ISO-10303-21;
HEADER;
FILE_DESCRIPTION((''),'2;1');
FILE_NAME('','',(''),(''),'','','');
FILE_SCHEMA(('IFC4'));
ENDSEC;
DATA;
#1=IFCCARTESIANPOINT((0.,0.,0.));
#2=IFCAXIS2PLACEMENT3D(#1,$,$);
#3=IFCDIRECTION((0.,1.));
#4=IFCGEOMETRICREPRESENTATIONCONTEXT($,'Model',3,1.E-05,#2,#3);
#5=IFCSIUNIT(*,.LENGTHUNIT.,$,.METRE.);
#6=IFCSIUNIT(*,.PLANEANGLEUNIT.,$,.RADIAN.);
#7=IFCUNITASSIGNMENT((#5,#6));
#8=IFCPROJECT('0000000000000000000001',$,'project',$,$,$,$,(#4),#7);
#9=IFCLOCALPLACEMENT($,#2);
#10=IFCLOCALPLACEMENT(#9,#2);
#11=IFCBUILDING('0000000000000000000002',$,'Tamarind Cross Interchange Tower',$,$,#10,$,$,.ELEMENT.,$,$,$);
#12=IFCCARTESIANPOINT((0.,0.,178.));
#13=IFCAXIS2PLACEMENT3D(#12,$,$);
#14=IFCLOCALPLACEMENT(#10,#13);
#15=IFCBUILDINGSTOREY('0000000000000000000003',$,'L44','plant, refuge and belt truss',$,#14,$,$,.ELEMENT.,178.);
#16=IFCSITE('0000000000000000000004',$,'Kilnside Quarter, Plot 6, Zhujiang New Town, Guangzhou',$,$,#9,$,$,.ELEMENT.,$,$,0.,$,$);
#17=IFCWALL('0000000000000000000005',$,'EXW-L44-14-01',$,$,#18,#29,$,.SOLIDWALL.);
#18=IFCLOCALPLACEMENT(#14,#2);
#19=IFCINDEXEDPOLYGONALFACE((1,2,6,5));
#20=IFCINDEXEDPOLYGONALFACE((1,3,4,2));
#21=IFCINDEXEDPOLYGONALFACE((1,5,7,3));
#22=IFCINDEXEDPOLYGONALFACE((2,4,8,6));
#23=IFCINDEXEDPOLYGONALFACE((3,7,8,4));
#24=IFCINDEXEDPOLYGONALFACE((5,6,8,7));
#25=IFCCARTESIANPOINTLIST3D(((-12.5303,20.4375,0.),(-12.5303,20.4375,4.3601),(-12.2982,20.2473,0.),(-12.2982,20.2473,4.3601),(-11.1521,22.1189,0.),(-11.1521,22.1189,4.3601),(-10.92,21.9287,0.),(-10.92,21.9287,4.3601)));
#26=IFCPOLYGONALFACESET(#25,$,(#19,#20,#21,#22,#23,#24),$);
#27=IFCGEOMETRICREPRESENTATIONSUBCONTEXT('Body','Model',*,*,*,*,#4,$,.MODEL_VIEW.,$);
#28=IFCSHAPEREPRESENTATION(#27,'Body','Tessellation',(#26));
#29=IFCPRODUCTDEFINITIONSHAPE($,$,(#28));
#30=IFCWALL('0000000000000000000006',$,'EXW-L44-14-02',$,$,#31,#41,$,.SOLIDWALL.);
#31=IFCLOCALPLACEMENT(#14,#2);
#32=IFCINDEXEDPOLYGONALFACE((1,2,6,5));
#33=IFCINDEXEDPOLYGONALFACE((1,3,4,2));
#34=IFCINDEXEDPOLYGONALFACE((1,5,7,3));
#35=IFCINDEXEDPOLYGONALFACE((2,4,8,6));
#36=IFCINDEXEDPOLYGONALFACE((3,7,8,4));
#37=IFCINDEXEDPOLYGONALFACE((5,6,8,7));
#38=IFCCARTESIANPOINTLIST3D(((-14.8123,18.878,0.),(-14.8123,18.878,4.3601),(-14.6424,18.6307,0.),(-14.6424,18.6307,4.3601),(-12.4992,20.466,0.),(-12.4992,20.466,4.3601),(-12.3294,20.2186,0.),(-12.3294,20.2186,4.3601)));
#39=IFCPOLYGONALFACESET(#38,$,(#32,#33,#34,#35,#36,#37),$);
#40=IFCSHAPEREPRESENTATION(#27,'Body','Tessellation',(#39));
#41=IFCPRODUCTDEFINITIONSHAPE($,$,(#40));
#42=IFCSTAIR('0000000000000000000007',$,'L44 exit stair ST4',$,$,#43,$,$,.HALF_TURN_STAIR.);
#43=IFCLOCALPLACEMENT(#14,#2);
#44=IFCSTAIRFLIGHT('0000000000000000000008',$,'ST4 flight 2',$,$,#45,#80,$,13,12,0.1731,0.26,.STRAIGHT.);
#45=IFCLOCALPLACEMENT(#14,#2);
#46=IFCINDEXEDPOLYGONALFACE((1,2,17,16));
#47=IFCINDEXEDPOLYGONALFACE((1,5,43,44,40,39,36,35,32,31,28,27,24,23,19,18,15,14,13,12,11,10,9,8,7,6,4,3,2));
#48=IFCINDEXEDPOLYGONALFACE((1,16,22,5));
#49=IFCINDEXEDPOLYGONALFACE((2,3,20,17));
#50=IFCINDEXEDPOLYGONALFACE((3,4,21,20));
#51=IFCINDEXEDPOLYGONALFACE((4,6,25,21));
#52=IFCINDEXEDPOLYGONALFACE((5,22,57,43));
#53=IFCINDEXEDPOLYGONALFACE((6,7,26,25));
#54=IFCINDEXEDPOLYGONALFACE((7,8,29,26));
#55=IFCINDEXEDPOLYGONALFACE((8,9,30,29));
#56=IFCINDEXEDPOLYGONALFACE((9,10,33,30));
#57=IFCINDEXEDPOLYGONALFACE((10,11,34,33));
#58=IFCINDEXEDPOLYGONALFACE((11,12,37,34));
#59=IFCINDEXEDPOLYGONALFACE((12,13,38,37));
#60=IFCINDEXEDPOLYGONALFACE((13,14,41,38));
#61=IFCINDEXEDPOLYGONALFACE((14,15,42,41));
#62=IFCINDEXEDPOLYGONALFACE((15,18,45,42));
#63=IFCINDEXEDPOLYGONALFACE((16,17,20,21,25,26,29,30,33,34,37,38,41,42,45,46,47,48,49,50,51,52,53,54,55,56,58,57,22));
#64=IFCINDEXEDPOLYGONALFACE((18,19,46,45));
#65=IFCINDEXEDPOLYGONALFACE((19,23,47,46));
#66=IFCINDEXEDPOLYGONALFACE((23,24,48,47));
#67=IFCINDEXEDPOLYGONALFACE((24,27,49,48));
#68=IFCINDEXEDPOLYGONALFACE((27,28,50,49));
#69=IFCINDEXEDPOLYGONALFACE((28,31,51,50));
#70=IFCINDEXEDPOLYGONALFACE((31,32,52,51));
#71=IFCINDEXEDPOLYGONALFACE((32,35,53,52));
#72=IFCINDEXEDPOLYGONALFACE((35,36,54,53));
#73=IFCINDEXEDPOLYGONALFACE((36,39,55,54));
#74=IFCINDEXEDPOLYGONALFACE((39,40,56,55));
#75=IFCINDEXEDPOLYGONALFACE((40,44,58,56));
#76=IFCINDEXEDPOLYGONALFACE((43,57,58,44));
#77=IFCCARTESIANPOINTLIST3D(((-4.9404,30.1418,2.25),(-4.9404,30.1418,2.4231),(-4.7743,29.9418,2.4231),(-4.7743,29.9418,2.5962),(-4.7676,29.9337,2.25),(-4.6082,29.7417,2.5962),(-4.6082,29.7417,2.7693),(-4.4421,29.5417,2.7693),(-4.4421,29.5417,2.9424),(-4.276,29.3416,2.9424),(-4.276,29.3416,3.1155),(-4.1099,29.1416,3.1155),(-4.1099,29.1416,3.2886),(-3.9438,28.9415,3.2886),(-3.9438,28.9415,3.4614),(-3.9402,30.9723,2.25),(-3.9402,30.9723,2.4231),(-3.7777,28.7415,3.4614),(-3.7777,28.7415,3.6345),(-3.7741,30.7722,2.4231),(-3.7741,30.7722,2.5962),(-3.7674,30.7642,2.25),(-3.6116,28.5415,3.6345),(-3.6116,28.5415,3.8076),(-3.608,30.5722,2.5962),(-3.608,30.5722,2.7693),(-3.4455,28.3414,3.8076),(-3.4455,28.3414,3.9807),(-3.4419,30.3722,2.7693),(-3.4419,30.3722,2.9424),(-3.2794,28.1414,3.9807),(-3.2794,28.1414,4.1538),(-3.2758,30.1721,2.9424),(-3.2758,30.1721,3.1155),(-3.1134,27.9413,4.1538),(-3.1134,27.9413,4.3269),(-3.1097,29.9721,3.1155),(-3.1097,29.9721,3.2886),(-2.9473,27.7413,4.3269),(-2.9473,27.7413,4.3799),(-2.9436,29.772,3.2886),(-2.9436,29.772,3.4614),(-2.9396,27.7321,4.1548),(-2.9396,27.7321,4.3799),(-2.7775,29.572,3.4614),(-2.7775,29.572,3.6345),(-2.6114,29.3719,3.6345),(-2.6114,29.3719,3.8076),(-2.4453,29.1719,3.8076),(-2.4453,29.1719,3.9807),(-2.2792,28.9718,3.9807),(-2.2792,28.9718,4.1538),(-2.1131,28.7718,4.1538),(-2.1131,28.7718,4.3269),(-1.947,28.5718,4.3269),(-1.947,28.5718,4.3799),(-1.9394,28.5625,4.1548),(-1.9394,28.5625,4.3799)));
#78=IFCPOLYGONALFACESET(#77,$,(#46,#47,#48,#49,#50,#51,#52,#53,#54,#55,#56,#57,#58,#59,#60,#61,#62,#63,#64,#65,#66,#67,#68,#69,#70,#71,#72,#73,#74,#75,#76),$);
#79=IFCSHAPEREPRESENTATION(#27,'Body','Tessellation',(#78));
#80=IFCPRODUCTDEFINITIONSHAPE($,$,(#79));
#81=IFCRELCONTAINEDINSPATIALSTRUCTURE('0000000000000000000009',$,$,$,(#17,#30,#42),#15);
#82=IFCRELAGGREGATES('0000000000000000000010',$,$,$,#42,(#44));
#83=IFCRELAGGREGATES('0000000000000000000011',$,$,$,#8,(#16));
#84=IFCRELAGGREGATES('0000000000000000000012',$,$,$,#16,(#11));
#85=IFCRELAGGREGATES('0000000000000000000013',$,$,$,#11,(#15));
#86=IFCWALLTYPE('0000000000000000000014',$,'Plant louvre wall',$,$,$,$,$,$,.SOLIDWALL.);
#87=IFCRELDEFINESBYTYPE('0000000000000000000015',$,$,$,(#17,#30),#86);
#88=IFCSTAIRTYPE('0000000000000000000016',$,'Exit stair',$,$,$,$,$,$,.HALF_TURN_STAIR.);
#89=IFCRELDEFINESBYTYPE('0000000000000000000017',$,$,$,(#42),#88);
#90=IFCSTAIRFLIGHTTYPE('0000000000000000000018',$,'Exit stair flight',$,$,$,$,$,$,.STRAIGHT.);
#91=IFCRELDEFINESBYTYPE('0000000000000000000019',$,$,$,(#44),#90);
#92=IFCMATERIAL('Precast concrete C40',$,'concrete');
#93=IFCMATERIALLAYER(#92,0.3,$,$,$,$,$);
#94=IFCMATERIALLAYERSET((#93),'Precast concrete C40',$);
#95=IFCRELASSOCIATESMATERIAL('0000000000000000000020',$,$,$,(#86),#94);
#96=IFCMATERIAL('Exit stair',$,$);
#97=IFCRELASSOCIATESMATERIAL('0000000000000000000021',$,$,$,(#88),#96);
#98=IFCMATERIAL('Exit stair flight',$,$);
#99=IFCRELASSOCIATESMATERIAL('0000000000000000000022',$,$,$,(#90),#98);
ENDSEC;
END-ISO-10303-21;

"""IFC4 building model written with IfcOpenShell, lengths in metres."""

from ifc_helpers import new_model, si_unit, direction, frame, frame_2d, origin, place, context, subcontext, project, spatial, polyline, rectangle, outline, extrude, material, layer, layer_set, type_object, element, aggregate, save


model = new_model("IFC4")

# Units and contexts
model_context = context("Model", 3, precision=1e-05, world=origin(), true_north=direction((0.0, 1.0)))
body_context = subcontext(model_context, "Body", "Model", "MODEL_VIEW")
ifc_project = project(units=[si_unit("LENGTHUNIT", "METRE"), si_unit("PLANEANGLEUNIT", "RADIAN")], contexts=[model_context])

# Site, building, storey
site_placement = place(None, origin())
site = spatial("IfcSite", under=ifc_project, at=site_placement, Name="Kilnside Quarter, Plot 6, Zhujiang New Town, Guangzhou", CompositionType="ELEMENT", RefElevation=0.0)
building_placement = place(site_placement, origin())
building = spatial("IfcBuilding", under=site, at=building_placement, Name="Tamarind Cross Interchange Tower", CompositionType="ELEMENT")
storey_placement = place(building_placement, frame((0.0, 0.0, 178.0)))
storey = spatial("IfcBuildingStorey", under=building, at=storey_placement, Name="L44", Description="plant, refuge and belt truss", CompositionType="ELEMENT", Elevation=178.0)

# Shared definitions
ifc_material_1 = material(Name="Precast concrete C40", Category="concrete")
ifc_layer_1 = layer(ifc_material_1, 0.3)
ifc_layer_set_1 = layer_set([ifc_layer_1], Name="Precast concrete C40")
wall_type_1 = type_object("IfcWallType", Name="Plant louvre wall", PredefinedType="SOLIDWALL", material=ifc_layer_set_1)

# Walls
wall_1_placement = place(storey_placement, frame((-11.0361, 22.0237, 0.0), z_axis=(0.0, 0.0, 1.0), x_axis=(-0.633922, -0.773397, 0.0)))
element("IfcWall", 1, at=wall_1_placement, inside=storey, type_object=wall_type_1, Name="EXW-L44-14-01", PredefinedType="SOLIDWALL", context=body_context, shape_type="SweptSolid", body=[
    extrude(rectangle(XDim=2.1741, YDim=0.3, at=frame_2d((1.0869, 0.0))), origin(), (0.0, 0.0, 1.0), 4.3601),
])
wall_2_placement = place(storey_placement, frame((-12.4143, 20.3423, 0.0), z_axis=(0.0, 0.0, 1.0), x_axis=(-0.824423, -0.565975, 0.0)))
element("IfcWall", 2, at=wall_2_placement, inside=storey, type_object=wall_type_1, Name="EXW-L44-14-02", PredefinedType="SOLIDWALL", context=body_context, shape_type="SweptSolid", body=[
    extrude(rectangle(XDim=2.8057, YDim=0.3, at=frame_2d((1.4028, 0.0))), origin(), (0.0, 0.0, 1.0), 4.3601),
])

# Stair, stair flight
ifc_material_2 = material(Name="Exit stair")
stair_type = type_object("IfcStairType", Name="Exit stair", PredefinedType="HALF_TURN_STAIR", material=ifc_material_2)
stair_placement = place(storey_placement, origin())
stair = element("IfcStair", 3, at=stair_placement, inside=storey, type_object=stair_type, Name="L44 exit stair ST4", PredefinedType="HALF_TURN_STAIR")
ifc_material_3 = material(Name="Exit stair flight")
stair_flight_type = type_object("IfcStairFlightType", Name="Exit stair flight", PredefinedType="STRAIGHT", material=ifc_material_3)
stair_flight_placement = place(storey_placement, frame((-4.4402, 30.5571, 2.25), z_axis=(0.0, 0.0, 1.0), x_axis=(0.6388, -0.769373, 0.0)))
stair_flight = element("IfcStairFlight", 4, at=stair_flight_placement, type_object=stair_flight_type, Name="ST4 flight 2", NumberOfRisers=13, NumberOfTreads=12, PredefinedType="STRAIGHT", RiserHeight=0.1731, TreadLength=0.26, context=body_context, shape_type="SweptSolid", body=[
    extrude(outline(polyline([(0.0, 0.0), (0.0, 0.1731), (0.26, 0.1731), (0.26, 0.3462), (0.52, 0.3462), (0.52, 0.5193), (0.78, 0.5193), (0.78, 0.6924), (1.04, 0.6924), (1.04, 0.8655), (1.3, 0.8655), (1.3, 1.0386), (1.5601, 1.0386), (1.5601, 1.2114), (1.8201, 1.2114), (1.8201, 1.3845), (2.0801, 1.3845), (2.0801, 1.5576), (2.3401, 1.5576), (2.3401, 1.7307), (2.6001, 1.7307), (2.6001, 1.9038), (2.8601, 1.9038), (2.8601, 2.0769), (3.1201, 2.0769), (3.1201, 2.1299), (3.1321, 2.1299), (3.1321, 1.9048), (0.2705, 0.0), (0.0, 0.0)])), frame((0.0, 0.6499, 0.0), z_axis=(0.0, -1.0, 0.0), x_axis=(1.0, 0.0, 0.0)), (0.0, 0.0, 1.0), 1.3),
])
aggregate(stair, [stair_flight])

save(model, "model.ifc")
